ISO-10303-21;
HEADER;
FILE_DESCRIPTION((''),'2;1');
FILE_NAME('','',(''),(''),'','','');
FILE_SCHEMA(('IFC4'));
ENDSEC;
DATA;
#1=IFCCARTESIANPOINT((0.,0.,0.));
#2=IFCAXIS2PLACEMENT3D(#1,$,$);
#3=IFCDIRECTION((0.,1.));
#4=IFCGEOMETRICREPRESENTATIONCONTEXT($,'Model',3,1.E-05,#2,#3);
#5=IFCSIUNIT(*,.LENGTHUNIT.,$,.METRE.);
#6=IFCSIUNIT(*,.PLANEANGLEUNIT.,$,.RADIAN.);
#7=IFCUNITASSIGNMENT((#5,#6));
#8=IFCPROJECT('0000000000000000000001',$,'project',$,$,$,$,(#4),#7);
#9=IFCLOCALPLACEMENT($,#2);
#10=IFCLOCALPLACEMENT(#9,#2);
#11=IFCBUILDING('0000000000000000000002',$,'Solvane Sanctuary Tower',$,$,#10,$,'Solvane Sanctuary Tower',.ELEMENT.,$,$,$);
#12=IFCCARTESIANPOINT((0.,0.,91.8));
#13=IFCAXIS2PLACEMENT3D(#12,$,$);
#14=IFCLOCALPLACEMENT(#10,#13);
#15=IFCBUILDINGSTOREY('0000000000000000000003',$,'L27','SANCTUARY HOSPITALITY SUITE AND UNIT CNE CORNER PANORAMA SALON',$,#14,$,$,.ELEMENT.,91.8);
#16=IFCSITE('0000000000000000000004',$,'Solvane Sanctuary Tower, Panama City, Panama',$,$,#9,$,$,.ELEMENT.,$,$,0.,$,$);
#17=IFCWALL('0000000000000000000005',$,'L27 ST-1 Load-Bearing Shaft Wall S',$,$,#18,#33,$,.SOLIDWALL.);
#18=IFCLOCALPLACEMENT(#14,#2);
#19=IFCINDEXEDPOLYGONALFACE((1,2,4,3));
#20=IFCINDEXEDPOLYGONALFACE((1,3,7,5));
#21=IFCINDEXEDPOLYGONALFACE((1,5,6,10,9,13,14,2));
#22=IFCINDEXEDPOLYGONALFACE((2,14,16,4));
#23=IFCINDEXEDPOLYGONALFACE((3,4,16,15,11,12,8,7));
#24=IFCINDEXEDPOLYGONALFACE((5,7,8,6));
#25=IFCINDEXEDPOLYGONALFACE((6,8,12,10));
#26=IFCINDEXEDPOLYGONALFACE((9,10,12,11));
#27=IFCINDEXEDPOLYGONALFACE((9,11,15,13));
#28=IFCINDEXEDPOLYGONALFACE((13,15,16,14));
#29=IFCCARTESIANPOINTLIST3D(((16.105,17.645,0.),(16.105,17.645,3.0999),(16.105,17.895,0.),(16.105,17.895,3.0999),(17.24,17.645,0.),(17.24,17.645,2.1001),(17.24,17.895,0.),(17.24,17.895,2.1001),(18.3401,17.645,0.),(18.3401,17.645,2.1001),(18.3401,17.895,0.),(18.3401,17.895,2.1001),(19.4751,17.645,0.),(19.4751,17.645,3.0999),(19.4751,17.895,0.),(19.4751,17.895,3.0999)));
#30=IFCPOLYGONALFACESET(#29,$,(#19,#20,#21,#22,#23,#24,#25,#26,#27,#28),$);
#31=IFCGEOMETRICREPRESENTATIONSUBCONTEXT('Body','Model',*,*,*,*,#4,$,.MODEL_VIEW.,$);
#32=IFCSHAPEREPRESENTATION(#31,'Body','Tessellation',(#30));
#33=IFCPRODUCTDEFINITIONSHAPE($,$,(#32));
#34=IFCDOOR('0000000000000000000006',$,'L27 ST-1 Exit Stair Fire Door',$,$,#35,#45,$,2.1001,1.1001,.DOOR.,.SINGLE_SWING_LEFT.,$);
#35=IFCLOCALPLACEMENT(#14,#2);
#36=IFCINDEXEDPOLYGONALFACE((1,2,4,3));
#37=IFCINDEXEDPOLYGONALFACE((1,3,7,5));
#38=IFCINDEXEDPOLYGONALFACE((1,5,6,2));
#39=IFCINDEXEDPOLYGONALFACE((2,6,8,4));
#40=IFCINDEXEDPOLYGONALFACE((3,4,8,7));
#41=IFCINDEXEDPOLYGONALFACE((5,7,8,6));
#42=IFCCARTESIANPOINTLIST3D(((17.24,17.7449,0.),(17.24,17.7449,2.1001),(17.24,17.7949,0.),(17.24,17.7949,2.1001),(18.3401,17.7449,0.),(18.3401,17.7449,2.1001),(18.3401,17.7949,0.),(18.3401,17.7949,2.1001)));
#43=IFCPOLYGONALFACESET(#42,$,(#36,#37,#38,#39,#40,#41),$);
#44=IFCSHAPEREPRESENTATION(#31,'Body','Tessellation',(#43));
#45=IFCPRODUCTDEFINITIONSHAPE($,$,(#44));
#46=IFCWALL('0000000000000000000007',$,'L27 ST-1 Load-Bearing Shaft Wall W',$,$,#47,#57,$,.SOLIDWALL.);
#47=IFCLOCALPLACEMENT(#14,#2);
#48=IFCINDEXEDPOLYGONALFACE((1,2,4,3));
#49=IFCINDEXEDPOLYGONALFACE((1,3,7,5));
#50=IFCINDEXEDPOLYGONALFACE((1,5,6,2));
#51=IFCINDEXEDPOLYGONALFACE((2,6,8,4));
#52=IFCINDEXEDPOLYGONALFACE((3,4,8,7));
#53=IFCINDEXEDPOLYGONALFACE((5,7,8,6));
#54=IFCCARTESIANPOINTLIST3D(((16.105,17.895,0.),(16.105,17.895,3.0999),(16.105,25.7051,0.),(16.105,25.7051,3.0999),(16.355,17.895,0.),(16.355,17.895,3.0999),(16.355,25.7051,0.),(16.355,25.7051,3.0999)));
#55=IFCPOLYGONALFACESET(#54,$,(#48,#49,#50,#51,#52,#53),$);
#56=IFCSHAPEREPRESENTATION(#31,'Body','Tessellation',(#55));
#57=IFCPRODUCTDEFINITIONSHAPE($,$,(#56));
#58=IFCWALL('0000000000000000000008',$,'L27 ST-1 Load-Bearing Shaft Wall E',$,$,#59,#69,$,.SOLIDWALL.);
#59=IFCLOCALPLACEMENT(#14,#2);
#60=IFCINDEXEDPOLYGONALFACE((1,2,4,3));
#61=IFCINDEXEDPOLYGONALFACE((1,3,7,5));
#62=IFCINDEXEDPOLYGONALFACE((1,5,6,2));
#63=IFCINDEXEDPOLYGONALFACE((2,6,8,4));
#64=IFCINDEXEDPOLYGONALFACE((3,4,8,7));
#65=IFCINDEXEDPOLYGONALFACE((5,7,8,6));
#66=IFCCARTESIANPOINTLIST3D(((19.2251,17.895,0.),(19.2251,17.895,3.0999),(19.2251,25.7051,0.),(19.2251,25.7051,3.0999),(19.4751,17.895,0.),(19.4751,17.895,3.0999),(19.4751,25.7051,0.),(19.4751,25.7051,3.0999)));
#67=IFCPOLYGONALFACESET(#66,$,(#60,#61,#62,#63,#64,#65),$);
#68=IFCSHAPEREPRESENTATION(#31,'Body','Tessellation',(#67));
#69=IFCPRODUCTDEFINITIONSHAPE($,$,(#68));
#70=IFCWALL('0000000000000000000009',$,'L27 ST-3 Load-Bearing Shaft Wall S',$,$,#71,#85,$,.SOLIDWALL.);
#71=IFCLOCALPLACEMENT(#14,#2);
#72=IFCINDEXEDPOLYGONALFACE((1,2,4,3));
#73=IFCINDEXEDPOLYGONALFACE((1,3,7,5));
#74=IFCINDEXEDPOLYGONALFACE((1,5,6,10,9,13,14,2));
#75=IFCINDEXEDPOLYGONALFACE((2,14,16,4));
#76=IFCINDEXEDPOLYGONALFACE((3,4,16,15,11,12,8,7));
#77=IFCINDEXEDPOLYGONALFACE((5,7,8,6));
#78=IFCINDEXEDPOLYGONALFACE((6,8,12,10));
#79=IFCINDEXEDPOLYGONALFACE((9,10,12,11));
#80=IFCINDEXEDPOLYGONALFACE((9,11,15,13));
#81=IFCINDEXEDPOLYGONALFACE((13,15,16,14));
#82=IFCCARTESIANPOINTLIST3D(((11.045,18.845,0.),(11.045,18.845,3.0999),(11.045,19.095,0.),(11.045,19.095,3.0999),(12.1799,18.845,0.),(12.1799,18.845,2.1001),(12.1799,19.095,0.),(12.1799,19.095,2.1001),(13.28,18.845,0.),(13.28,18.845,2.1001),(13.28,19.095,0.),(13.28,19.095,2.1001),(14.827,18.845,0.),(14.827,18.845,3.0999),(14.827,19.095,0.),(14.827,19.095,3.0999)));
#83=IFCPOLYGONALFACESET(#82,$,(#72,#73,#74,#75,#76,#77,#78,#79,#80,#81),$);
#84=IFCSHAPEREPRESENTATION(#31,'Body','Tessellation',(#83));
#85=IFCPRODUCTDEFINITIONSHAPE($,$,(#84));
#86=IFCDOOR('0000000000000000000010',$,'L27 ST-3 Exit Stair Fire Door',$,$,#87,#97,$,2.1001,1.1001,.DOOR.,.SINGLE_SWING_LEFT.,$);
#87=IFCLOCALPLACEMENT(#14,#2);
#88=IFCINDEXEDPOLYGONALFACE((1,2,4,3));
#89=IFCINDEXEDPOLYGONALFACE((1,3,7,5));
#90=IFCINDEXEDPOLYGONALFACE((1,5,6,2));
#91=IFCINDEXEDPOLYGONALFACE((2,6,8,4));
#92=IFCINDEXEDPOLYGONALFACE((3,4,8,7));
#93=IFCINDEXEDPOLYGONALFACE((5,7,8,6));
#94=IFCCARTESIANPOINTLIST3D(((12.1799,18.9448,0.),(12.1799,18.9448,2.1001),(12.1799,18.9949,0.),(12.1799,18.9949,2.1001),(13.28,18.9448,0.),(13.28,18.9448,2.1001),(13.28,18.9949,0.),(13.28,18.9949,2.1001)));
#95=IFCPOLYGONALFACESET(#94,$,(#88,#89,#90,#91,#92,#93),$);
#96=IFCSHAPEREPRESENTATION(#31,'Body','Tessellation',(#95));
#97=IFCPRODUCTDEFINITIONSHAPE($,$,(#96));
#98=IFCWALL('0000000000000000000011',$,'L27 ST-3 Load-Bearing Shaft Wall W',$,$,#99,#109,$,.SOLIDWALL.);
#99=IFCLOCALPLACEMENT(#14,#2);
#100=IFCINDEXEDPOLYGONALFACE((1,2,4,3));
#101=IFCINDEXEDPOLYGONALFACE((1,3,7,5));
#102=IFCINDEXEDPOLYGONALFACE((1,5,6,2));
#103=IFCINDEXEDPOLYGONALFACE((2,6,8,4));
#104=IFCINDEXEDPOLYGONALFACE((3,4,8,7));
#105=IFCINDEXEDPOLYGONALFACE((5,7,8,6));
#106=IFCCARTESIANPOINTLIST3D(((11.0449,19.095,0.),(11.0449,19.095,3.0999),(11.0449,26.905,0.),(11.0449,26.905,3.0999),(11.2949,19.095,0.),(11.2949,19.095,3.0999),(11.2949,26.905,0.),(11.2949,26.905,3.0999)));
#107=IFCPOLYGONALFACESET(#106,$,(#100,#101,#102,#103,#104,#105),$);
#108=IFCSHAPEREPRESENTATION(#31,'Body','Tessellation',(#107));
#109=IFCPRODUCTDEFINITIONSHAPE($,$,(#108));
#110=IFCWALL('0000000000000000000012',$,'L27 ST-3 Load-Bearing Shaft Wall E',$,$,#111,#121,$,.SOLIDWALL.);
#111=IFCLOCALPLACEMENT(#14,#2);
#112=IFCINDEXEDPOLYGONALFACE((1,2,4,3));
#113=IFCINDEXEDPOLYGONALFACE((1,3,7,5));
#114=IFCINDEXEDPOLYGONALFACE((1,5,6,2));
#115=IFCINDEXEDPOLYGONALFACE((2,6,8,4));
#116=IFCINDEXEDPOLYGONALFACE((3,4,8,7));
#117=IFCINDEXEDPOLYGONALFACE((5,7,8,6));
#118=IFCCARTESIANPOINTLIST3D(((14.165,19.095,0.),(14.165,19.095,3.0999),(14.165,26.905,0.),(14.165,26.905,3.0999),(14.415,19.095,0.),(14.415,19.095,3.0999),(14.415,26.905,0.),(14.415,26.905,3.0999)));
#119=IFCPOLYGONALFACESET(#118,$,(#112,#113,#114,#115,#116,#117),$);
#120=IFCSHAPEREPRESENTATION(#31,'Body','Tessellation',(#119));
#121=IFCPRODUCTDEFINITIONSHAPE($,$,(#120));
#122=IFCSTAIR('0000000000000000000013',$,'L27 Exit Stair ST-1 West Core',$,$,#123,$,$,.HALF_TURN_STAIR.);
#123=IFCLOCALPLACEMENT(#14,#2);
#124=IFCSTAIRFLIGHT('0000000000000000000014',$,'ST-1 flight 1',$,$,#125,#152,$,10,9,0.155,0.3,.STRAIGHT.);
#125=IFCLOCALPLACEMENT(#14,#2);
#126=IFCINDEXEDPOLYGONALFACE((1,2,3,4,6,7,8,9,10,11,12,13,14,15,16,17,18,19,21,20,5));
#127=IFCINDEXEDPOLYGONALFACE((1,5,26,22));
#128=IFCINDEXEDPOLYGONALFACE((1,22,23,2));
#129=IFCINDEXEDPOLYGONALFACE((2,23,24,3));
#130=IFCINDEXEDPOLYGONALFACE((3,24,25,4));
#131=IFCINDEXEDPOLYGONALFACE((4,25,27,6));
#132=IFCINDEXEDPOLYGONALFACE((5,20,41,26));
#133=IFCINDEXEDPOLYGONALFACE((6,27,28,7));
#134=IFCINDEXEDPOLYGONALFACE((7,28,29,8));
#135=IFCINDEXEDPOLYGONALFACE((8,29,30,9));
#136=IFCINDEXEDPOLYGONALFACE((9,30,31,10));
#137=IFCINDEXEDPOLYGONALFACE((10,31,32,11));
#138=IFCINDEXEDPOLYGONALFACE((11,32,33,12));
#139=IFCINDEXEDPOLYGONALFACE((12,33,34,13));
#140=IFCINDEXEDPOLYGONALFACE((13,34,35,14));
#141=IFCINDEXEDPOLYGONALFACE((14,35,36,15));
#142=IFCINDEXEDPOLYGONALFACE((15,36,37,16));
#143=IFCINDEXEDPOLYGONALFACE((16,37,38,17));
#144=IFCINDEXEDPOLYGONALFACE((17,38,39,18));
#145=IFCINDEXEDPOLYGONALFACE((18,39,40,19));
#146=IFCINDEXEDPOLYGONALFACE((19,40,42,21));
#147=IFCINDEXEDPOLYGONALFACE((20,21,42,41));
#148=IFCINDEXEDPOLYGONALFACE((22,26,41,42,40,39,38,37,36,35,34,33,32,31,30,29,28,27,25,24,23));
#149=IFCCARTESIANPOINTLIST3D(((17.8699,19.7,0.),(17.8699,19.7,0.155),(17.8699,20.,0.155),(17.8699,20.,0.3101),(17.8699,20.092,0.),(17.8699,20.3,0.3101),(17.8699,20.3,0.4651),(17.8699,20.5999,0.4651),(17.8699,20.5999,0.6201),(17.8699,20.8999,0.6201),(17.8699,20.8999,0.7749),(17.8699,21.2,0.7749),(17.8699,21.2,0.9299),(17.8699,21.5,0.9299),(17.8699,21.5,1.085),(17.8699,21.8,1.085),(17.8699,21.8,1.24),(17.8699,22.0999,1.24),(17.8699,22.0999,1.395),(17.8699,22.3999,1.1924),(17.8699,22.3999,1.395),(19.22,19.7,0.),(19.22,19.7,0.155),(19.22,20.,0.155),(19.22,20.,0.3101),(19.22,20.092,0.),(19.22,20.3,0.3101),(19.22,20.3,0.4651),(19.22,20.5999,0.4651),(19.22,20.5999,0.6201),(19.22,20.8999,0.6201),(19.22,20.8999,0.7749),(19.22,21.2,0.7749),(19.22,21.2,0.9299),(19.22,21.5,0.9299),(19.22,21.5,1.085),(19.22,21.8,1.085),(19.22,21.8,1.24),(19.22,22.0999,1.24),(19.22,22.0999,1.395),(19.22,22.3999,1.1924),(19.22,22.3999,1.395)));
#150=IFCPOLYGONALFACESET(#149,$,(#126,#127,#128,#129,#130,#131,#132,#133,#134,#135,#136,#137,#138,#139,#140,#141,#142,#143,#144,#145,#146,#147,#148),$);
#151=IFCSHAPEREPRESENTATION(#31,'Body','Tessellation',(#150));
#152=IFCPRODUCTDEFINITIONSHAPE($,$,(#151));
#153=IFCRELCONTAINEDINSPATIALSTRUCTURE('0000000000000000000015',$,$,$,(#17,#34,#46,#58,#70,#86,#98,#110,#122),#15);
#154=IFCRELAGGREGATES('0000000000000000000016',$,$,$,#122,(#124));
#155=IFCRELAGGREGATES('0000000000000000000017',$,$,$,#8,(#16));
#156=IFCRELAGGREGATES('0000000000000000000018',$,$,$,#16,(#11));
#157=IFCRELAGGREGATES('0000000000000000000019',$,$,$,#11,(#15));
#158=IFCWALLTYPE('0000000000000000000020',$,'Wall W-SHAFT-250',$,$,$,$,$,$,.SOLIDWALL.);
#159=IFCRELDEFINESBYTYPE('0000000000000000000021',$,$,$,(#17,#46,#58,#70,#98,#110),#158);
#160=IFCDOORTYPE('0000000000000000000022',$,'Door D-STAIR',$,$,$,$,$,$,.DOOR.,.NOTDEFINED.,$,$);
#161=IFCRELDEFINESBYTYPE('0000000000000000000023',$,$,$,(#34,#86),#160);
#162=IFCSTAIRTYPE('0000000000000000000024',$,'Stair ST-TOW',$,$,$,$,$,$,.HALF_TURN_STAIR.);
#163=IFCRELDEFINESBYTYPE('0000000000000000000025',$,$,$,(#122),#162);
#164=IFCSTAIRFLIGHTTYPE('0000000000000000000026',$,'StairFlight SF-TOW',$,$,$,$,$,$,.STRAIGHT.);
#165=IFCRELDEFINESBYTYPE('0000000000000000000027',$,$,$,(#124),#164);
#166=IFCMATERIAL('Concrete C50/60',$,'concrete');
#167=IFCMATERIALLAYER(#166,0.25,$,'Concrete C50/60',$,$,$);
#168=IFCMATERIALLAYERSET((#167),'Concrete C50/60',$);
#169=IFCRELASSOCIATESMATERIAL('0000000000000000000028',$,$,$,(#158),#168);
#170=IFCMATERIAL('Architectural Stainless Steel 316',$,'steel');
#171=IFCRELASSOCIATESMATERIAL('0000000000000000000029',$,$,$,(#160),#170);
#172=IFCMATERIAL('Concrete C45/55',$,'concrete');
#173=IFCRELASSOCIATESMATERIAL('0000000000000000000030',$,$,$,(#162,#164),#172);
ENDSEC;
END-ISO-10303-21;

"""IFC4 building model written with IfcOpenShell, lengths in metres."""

from ifc_helpers import new_model, si_unit, direction, frame, frame_2d, origin, place, context, subcontext, project, spatial, polyline, rectangle, outline, extrude, material, layer, layer_set, type_object, element, fill, aggregate, save


model = new_model("IFC4")

# Units and contexts
model_context = context("Model", 3, precision=1e-05, world=origin(), true_north=direction((0.0, 1.0)))
body_context = subcontext(model_context, "Body", "Model", "MODEL_VIEW")
ifc_project = project(units=[si_unit("LENGTHUNIT", "METRE"), si_unit("PLANEANGLEUNIT", "RADIAN")], contexts=[model_context])

# Site, building, storey
site_placement = place(None, origin())
site = spatial("IfcSite", under=ifc_project, at=site_placement, Name="Solvane Sanctuary Tower, Panama City, Panama", CompositionType="ELEMENT", RefElevation=0.0)
building_placement = place(site_placement, origin())
building = spatial("IfcBuilding", under=site, at=building_placement, Name="Solvane Sanctuary Tower", LongName="Solvane Sanctuary Tower", CompositionType="ELEMENT")
storey_placement = place(building_placement, frame((0.0, 0.0, 91.8)))
storey = spatial("IfcBuildingStorey", under=building, at=storey_placement, Name="L27", Description="SANCTUARY HOSPITALITY SUITE AND UNIT CNE CORNER PANORAMA SALON", CompositionType="ELEMENT", Elevation=91.8)

# Shared definitions
ifc_material_1 = material(Name="Concrete C50/60", Category="concrete")

# Wall, opening, door
ifc_layer_1 = layer(ifc_material_1, 0.25, Name="Concrete C50/60")
ifc_layer_set_1 = layer_set([ifc_layer_1], Name="Concrete C50/60")
wall_type_1 = type_object("IfcWallType", Name="Wall W-SHAFT-250", PredefinedType="SOLIDWALL", material=ifc_layer_set_1)
wall_1_placement = place(storey_placement, frame((16.105, 17.77, 0.0), z_axis=(0.0, 0.0, 1.0), x_axis=(1.0, 0.0, 0.0)))
wall_1 = element("IfcWall", 1, at=wall_1_placement, inside=storey, type_object=wall_type_1, Name="L27 ST-1 Load-Bearing Shaft Wall S", PredefinedType="SOLIDWALL", context=body_context, shape_type="SweptSolid", body=[
    extrude(rectangle(XDim=3.3701, YDim=0.25, at=frame_2d((1.6851, 0.0))), origin(), (0.0, 0.0, 1.0), 3.0999),
])
opening_1_placement = place(wall_1_placement, frame((1.135, 0.0, 0.0)))
opening_1 = element("IfcOpeningElement", 2, at=opening_1_placement, cuts=wall_1, PredefinedType="OPENING", context=body_context, shape_type="SweptSolid", body=[
    extrude(rectangle(XDim=1.1001, YDim=2.1001, at=frame_2d((0.55, 1.05))), frame((0.0, 0.135, 0.0), z_axis=(0.0, -1.0, 0.0), x_axis=(1.0, 0.0, 0.0)), (0.0, 0.0, 1.0), 0.27),
])
ifc_material_2 = material(Name="Architectural Stainless Steel 316", Category="steel")
door_type_1 = type_object("IfcDoorType", Name="Door D-STAIR", OperationType="NOTDEFINED", PredefinedType="DOOR", material=ifc_material_2)
door_1_placement = place(opening_1_placement, origin())
door_1 = element("IfcDoor", 3, at=door_1_placement, inside=storey, type_object=door_type_1, Name="L27 ST-1 Exit Stair Fire Door", OperationType="SINGLE_SWING_LEFT", OverallHeight=2.1001, OverallWidth=1.1001, PredefinedType="DOOR", context=body_context, shape_type="SweptSolid", body=[
    extrude(rectangle(XDim=1.1001, YDim=2.1001, at=frame_2d((0.55, 1.05))), frame((0.0, 0.0249, 0.0), z_axis=(0.0, -1.0, 0.0), x_axis=(1.0, 0.0, 0.0)), (0.0, 0.0, 1.0), 0.05),
])
fill(opening_1, door_1)

# Walls
for number, where, z_axis, x_axis, name in (
    (4, (16.23, 17.895, 0.0), (0.0, 0.0, 1.0), (0.0, 1.0, 0.0), "L27 ST-1 Load-Bearing Shaft Wall W"),
    (5, (19.3501, 17.895, 0.0), (0.0, 0.0, 1.0), (0.0, 1.0, 0.0), "L27 ST-1 Load-Bearing Shaft Wall E"),
):
    element("IfcWall", number, at=place(storey_placement, frame(where, z_axis=z_axis, x_axis=x_axis)), inside=storey, type_object=wall_type_1, Name=name, PredefinedType="SOLIDWALL", context=body_context, shape_type="SweptSolid", body=[
        extrude(rectangle(XDim=7.8101, YDim=0.25, at=frame_2d((3.905, 0.0))), origin(), (0.0, 0.0, 1.0), 3.0999),
    ])

# Wall, opening, door
wall_2_placement = place(storey_placement, frame((11.0449, 18.97, 0.0), z_axis=(0.0, 0.0, 1.0), x_axis=(1.0, 0.0, 0.0)))
wall_2 = element("IfcWall", 6, at=wall_2_placement, inside=storey, type_object=wall_type_1, Name="L27 ST-3 Load-Bearing Shaft Wall S", PredefinedType="SOLIDWALL", context=body_context, shape_type="SweptSolid", body=[
    extrude(rectangle(XDim=3.782, YDim=0.25, at=frame_2d((1.8911, 0.0))), origin(), (0.0, 0.0, 1.0), 3.0999),
])
opening_2_placement = place(wall_2_placement, frame((1.135, 0.0, 0.0)))
opening_2 = element("IfcOpeningElement", 7, at=opening_2_placement, cuts=wall_2, PredefinedType="OPENING", context=body_context, shape_type="SweptSolid", body=[
    extrude(rectangle(XDim=1.1001, YDim=2.1001, at=frame_2d((0.55, 1.05))), frame((0.0, 0.135, 0.0), z_axis=(0.0, -1.0, 0.0), x_axis=(1.0, 0.0, 0.0)), (0.0, 0.0, 1.0), 0.27),
])
door_2_placement = place(opening_2_placement, origin())
door_2 = element("IfcDoor", 8, at=door_2_placement, inside=storey, type_object=door_type_1, Name="L27 ST-3 Exit Stair Fire Door", OperationType="SINGLE_SWING_LEFT", OverallHeight=2.1001, OverallWidth=1.1001, PredefinedType="DOOR", context=body_context, shape_type="SweptSolid", body=[
    extrude(rectangle(XDim=1.1001, YDim=2.1001, at=frame_2d((0.55, 1.05))), frame((0.0, 0.0249, 0.0), z_axis=(0.0, -1.0, 0.0), x_axis=(1.0, 0.0, 0.0)), (0.0, 0.0, 1.0), 0.05),
])
fill(opening_2, door_2)

# Walls
for number, where, z_axis, x_axis, name in (
    (9, (11.1699, 19.095, 0.0), (0.0, 0.0, 1.0), (0.0, 1.0, 0.0), "L27 ST-3 Load-Bearing Shaft Wall W"),
    (10, (14.29, 19.095, 0.0), (0.0, 0.0, 1.0), (0.0, 1.0, 0.0), "L27 ST-3 Load-Bearing Shaft Wall E"),
):
    element("IfcWall", number, at=place(storey_placement, frame(where, z_axis=z_axis, x_axis=x_axis)), inside=storey, type_object=wall_type_1, Name=name, PredefinedType="SOLIDWALL", context=body_context, shape_type="SweptSolid", body=[
        extrude(rectangle(XDim=7.8101, YDim=0.25, at=frame_2d((3.905, 0.0))), origin(), (0.0, 0.0, 1.0), 3.0999),
    ])

# Stair, stair flight
ifc_material_3 = material(Name="Concrete C45/55", Category="concrete")
stair_type = type_object("IfcStairType", Name="Stair ST-TOW", PredefinedType="HALF_TURN_STAIR", material=ifc_material_3)
stair_placement = place(storey_placement, origin())
stair = element("IfcStair", 11, at=stair_placement, inside=storey, type_object=stair_type, Name="L27 Exit Stair ST-1 West Core", PredefinedType="HALF_TURN_STAIR")
stair_flight_type = type_object("IfcStairFlightType", Name="StairFlight SF-TOW", PredefinedType="STRAIGHT", material=ifc_material_3)
stair_flight_placement = place(storey_placement, frame((18.5449, 19.7, 0.0), z_axis=(0.0, 0.0, 1.0), x_axis=(0.0, 1.0, 0.0)))
stair_flight = element("IfcStairFlight", 12, at=stair_flight_placement, type_object=stair_flight_type, Name="ST-1 flight 1", NumberOfRisers=10, NumberOfTreads=9, PredefinedType="STRAIGHT", RiserHeight=0.155, TreadLength=0.3, context=body_context, shape_type="SweptSolid", body=[
    extrude(outline(polyline([(0.0, 0.0), (0.0, 0.155), (0.3, 0.155), (0.3, 0.3101), (0.6001, 0.3101), (0.6001, 0.4651), (0.8999, 0.4651), (0.8999, 0.6201), (1.2, 0.6201), (1.2, 0.7749), (1.5, 0.7749), (1.5, 0.9299), (1.8, 0.9299), (1.8, 1.085), (2.1001, 1.085), (2.1001, 1.24), (2.3999, 1.24), (2.3999, 1.395), (2.7, 1.395), (2.7, 1.55), (2.7, 1.1924), (0.3921, 0.0), (0.0, 0.0)])), frame((0.0, 0.675, 0.0), z_axis=(0.0, -1.0, 0.0), x_axis=(1.0, 0.0, 0.0)), (0.0, 0.0, 1.0), 1.3501),
])
aggregate(stair, [stair_flight])

save(model, "model.ifc")
